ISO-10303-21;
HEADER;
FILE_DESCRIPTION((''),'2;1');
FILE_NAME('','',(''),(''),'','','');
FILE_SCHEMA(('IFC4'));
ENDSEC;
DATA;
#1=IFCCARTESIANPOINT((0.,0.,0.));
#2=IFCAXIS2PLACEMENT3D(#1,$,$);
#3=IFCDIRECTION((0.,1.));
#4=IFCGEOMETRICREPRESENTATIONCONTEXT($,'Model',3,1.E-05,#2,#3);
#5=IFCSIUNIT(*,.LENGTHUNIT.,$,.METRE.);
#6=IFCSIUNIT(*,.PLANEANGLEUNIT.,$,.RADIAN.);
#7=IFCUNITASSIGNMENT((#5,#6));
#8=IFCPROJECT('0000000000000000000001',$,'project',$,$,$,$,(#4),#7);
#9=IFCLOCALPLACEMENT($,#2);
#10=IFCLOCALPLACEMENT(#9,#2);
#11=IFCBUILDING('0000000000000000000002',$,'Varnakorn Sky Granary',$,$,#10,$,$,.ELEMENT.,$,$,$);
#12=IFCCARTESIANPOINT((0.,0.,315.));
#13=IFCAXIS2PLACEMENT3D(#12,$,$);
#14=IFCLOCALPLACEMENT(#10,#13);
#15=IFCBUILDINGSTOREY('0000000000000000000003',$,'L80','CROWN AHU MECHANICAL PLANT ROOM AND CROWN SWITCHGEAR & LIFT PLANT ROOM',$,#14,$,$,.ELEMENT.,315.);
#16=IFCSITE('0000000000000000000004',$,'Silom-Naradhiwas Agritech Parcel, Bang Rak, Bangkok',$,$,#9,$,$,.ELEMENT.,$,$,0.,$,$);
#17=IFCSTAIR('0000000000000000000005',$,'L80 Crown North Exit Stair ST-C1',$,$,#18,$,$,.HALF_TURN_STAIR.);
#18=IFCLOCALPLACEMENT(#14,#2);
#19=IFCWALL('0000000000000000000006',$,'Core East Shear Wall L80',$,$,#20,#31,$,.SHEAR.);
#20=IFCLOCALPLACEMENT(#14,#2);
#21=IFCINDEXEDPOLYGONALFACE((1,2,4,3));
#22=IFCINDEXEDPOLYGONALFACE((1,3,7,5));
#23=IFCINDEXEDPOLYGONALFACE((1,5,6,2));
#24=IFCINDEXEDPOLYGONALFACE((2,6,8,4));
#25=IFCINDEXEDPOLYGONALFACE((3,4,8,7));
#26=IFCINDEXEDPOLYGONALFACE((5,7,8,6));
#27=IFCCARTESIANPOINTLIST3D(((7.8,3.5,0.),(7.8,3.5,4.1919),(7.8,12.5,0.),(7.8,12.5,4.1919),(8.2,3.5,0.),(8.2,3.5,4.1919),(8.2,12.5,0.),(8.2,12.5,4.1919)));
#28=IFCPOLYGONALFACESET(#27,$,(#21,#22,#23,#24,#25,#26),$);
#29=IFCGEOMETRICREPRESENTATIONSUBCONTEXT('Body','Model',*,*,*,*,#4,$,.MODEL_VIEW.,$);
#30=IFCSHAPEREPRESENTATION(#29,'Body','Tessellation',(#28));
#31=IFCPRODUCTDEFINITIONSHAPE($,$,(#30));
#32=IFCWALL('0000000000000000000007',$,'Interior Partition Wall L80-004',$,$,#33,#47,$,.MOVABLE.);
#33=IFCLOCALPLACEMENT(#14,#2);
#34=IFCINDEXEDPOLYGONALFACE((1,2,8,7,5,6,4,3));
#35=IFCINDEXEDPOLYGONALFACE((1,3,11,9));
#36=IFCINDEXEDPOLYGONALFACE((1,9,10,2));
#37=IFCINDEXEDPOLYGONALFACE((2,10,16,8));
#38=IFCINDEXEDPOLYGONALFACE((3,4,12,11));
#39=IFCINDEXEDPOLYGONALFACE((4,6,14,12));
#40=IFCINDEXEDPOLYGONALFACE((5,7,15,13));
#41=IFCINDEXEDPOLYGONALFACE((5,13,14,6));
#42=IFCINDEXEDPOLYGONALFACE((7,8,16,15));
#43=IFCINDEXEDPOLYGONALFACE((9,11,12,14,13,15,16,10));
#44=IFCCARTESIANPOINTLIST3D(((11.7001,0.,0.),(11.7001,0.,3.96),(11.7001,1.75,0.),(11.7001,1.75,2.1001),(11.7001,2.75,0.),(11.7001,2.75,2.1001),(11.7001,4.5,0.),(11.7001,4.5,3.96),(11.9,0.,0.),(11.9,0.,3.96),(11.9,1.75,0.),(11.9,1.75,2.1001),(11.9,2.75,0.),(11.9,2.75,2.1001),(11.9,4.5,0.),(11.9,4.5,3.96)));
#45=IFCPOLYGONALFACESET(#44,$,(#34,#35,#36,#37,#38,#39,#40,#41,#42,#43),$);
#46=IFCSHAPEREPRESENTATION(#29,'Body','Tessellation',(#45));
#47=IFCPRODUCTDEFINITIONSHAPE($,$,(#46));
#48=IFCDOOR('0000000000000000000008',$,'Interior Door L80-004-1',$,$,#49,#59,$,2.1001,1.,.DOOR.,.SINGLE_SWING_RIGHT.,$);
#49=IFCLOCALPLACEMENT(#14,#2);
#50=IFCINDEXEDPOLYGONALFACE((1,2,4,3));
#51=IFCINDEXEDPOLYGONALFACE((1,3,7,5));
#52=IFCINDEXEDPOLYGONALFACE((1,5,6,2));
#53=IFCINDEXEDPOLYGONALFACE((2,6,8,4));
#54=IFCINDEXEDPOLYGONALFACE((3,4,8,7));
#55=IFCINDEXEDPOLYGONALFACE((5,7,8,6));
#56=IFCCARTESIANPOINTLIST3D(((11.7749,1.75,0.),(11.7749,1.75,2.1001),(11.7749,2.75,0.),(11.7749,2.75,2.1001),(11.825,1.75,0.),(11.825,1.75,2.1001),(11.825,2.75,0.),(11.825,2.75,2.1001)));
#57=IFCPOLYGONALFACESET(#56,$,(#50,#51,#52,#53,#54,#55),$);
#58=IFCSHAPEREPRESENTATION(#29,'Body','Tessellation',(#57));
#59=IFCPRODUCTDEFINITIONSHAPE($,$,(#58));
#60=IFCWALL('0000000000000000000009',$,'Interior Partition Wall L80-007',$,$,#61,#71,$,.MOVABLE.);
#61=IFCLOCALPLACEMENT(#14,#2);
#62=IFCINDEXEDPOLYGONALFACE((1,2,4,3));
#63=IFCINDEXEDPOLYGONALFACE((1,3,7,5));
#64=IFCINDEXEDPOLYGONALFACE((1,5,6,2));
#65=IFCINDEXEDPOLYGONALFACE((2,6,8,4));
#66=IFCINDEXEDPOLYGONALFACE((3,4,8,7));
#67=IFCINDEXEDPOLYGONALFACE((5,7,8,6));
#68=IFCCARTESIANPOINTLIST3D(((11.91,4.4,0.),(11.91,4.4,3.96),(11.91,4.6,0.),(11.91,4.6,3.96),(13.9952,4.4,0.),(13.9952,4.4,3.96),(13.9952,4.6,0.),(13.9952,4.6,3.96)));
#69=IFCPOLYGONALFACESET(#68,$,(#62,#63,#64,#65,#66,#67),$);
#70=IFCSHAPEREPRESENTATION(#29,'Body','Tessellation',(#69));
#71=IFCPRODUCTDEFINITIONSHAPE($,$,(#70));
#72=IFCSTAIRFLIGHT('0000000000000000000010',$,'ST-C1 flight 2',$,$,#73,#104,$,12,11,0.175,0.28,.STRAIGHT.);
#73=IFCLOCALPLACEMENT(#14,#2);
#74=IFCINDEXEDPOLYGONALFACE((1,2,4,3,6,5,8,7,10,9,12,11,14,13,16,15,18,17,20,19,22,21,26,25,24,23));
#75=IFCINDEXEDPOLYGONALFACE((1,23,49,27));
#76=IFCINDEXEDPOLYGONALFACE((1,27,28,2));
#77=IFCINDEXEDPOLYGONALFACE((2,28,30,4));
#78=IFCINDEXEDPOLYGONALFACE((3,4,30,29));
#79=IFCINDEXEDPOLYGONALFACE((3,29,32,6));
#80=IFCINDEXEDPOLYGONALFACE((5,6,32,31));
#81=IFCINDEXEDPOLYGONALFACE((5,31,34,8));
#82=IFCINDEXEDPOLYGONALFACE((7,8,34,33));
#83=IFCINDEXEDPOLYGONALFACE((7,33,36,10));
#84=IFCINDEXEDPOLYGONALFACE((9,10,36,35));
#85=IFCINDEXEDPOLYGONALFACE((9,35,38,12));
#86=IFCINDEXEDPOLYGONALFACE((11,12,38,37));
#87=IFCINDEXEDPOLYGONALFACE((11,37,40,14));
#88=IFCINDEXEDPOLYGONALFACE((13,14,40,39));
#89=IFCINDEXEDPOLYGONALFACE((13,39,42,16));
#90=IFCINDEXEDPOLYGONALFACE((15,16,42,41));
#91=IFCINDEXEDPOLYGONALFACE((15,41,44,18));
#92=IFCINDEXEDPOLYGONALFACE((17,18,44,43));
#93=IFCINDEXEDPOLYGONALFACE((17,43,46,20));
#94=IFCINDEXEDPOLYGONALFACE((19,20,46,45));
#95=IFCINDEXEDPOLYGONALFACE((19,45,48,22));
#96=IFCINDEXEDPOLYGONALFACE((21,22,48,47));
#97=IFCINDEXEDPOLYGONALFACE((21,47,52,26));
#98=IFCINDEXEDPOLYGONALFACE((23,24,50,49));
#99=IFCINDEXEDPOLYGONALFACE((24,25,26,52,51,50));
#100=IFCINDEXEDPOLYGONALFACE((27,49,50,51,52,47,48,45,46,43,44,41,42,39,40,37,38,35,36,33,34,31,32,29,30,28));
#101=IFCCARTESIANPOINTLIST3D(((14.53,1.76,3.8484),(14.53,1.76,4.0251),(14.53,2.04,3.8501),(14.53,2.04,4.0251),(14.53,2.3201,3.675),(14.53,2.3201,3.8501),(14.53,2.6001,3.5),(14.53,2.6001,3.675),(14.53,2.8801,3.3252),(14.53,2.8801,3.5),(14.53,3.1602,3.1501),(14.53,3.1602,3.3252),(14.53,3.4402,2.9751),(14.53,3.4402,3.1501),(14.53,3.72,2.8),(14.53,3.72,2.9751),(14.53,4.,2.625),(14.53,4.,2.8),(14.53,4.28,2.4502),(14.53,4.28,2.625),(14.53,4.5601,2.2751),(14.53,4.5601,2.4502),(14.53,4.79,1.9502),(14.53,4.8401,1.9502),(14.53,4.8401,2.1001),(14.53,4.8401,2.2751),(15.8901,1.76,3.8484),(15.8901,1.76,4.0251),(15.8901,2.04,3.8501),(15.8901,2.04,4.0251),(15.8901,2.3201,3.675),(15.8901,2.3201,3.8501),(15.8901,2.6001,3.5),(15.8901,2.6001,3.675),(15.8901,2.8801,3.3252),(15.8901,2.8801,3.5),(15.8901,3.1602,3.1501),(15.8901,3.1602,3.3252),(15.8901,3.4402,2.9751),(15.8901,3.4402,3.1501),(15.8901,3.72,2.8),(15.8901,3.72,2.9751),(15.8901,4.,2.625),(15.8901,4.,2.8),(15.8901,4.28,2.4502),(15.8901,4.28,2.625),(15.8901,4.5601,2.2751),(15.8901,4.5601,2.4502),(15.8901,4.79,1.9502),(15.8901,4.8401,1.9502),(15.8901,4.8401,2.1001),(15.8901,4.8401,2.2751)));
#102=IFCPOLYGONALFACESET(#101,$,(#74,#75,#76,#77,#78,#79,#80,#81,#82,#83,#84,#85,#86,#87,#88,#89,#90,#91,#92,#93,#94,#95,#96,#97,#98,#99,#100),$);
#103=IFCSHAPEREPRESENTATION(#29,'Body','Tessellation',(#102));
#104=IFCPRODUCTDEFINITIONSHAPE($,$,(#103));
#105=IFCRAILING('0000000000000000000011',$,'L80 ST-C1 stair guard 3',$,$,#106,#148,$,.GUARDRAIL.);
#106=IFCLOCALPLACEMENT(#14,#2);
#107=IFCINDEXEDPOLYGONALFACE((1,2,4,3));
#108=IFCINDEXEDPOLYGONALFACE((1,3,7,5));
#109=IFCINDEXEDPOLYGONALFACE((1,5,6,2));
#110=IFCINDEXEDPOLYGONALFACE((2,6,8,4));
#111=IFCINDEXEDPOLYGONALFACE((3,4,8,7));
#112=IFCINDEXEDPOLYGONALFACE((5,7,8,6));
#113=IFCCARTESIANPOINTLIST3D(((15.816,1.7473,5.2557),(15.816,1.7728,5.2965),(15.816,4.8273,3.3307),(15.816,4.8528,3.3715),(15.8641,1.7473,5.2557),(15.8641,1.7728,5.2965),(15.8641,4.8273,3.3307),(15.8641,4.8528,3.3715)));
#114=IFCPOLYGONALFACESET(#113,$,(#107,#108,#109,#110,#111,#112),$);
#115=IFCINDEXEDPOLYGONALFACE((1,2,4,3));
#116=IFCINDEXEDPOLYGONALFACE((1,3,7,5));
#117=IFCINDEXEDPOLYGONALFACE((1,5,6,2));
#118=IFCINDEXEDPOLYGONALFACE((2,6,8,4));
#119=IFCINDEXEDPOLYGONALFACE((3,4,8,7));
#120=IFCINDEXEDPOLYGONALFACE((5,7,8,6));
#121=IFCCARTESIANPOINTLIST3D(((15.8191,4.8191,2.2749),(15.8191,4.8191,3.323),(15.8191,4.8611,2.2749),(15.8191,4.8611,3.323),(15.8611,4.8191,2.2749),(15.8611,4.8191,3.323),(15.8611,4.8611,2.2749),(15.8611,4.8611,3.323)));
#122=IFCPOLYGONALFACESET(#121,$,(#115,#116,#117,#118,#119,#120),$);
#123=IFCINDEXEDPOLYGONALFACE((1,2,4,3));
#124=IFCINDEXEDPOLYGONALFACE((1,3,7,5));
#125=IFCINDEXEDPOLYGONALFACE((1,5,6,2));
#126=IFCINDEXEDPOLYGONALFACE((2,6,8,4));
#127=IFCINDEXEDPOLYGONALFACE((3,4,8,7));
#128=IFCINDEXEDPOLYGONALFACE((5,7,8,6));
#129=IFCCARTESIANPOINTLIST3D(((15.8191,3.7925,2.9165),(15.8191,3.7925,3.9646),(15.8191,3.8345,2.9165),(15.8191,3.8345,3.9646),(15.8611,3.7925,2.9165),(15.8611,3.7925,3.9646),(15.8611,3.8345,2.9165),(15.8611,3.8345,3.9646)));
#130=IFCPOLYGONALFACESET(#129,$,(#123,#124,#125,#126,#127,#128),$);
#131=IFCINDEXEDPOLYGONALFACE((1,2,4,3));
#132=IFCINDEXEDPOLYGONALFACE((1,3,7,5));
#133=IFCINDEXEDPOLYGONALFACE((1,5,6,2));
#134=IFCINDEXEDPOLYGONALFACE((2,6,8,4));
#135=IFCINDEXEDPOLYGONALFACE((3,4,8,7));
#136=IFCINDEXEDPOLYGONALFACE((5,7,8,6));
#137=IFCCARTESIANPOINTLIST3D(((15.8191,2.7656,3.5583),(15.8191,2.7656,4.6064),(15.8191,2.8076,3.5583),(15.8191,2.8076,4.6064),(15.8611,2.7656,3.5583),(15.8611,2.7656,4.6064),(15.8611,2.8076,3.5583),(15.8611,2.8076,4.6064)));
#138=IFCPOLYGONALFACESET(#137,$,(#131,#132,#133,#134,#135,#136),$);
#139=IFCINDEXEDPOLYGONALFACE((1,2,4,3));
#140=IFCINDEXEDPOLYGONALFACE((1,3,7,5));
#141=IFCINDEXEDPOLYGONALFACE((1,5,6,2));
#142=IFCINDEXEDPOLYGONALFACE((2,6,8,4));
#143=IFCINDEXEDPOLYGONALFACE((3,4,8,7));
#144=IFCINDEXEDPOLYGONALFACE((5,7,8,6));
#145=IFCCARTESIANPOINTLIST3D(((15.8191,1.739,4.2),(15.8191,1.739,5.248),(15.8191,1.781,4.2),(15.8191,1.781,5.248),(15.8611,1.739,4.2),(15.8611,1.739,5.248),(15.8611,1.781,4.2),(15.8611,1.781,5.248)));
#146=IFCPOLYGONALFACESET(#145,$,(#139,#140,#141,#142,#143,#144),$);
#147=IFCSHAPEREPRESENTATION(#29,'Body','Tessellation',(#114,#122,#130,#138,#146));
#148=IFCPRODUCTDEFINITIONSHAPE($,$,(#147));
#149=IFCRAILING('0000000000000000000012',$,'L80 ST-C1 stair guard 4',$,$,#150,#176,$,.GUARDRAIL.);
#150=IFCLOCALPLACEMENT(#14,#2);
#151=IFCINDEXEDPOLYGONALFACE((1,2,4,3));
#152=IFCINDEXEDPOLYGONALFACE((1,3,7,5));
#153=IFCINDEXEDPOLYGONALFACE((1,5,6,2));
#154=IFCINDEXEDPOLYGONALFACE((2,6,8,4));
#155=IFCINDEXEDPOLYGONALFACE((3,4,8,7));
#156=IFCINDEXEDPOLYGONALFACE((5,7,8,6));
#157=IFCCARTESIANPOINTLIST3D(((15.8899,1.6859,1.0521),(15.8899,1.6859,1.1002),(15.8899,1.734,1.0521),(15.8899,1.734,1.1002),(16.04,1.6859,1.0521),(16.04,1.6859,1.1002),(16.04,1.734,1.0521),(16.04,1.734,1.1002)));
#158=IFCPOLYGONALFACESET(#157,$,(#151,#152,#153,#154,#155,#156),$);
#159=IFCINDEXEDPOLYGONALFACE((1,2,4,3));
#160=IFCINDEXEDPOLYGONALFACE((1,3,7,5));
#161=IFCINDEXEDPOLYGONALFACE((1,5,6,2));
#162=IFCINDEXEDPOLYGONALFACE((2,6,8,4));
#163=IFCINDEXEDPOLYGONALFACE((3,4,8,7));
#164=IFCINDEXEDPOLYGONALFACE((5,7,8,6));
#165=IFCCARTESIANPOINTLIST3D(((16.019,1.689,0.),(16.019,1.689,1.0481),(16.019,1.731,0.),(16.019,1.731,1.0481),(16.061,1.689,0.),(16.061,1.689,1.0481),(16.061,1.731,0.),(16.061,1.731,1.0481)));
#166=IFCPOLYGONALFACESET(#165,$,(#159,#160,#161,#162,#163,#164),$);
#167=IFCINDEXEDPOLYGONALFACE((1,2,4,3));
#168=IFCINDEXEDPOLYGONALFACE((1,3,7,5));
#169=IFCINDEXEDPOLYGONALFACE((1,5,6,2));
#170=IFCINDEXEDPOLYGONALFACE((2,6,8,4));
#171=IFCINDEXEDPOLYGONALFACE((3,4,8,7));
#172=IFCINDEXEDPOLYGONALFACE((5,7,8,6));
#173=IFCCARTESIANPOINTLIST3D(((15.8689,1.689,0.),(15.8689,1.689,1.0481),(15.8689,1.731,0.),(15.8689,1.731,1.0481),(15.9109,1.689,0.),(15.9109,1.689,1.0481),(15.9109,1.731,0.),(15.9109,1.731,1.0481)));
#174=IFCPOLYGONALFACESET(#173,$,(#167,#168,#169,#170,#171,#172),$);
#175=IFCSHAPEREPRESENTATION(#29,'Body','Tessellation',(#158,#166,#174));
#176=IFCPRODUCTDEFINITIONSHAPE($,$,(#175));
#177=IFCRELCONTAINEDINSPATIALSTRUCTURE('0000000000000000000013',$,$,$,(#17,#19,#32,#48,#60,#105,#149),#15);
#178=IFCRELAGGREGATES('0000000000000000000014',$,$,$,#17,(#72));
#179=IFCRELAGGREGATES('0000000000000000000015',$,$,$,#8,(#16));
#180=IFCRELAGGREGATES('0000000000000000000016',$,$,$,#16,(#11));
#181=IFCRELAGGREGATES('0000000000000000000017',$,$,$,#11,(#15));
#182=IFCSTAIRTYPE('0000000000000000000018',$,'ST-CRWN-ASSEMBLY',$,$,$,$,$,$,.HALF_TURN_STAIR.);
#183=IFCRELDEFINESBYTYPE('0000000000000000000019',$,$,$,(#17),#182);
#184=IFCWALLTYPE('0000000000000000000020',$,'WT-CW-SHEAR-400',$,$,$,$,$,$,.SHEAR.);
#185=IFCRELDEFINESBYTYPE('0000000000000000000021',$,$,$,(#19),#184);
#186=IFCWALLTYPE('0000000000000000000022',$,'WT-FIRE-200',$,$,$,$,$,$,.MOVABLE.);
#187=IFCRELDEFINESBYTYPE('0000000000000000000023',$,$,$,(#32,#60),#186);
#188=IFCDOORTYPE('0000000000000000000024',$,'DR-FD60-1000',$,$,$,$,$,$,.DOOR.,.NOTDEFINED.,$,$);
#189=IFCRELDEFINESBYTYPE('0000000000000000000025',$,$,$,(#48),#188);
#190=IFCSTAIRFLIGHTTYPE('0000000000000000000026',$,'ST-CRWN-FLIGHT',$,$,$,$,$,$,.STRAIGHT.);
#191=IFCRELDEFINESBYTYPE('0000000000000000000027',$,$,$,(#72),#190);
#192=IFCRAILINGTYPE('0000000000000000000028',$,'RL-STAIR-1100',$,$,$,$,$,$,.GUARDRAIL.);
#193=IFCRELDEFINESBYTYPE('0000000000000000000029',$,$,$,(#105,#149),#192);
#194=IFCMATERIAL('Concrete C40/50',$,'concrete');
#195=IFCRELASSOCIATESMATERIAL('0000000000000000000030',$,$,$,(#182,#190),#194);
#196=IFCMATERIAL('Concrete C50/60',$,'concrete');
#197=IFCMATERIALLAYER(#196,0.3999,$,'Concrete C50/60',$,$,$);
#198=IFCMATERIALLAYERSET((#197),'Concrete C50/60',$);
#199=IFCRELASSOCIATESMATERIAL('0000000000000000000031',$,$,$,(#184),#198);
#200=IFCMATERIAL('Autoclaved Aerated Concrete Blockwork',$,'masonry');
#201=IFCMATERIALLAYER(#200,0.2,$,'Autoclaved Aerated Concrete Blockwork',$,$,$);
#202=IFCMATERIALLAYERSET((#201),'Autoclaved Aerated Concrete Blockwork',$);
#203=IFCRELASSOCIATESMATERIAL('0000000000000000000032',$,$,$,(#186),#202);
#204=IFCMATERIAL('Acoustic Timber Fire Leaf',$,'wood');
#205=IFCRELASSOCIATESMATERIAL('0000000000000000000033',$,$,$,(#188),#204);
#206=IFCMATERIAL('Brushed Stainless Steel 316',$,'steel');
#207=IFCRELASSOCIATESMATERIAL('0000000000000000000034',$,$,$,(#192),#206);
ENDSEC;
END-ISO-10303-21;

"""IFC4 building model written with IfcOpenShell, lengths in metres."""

from ifc_helpers import new_model, si_unit, direction, frame, frame_2d, origin, origin_2d, place, context, subcontext, project, spatial, polyline, rectangle, outline, extrude, material, layer, layer_set, type_object, element, fill, aggregate, save


model = new_model("IFC4")

# Units and contexts
model_context = context("Model", 3, precision=1e-05, world=origin(), true_north=direction((0.0, 1.0)))
body_context = subcontext(model_context, "Body", "Model", "MODEL_VIEW")
ifc_project = project(units=[si_unit("LENGTHUNIT", "METRE"), si_unit("PLANEANGLEUNIT", "RADIAN")], contexts=[model_context])

# Site, building, storey
site_placement = place(None, origin())
site = spatial("IfcSite", under=ifc_project, at=site_placement, Name="Silom-Naradhiwas Agritech Parcel, Bang Rak, Bangkok", CompositionType="ELEMENT", RefElevation=0.0)
building_placement = place(site_placement, origin())
building = spatial("IfcBuilding", under=site, at=building_placement, Name="Varnakorn Sky Granary", CompositionType="ELEMENT")
storey_placement = place(building_placement, frame((0.0, 0.0, 315.0)))
storey = spatial("IfcBuildingStorey", under=building, at=storey_placement, Name="L80", Description="CROWN AHU MECHANICAL PLANT ROOM AND CROWN SWITCHGEAR & LIFT PLANT ROOM", CompositionType="ELEMENT", Elevation=315.0)

# Shared definitions
ifc_material_1 = material(Name="Concrete C50/60", Category="concrete")

# Stair
ifc_material_2 = material(Name="Concrete C40/50", Category="concrete")
stair_type = type_object("IfcStairType", Name="ST-CRWN-ASSEMBLY", PredefinedType="HALF_TURN_STAIR", material=ifc_material_2)
stair_1_placement = place(storey_placement, origin())
stair_1 = element("IfcStair", 1, at=stair_1_placement, inside=storey, type_object=stair_type, Name="L80 Crown North Exit Stair ST-C1", PredefinedType="HALF_TURN_STAIR")

# Wall
ifc_layer_1 = layer(ifc_material_1, 0.3999, Name="Concrete C50/60")
ifc_layer_set_1 = layer_set([ifc_layer_1], Name="Concrete C50/60")
wall_type_1 = type_object("IfcWallType", Name="WT-CW-SHEAR-400", PredefinedType="SHEAR", material=ifc_layer_set_1)
wall_1_placement = place(storey_placement, frame((8.0, 3.5, 0.0), z_axis=(0.0, 0.0, 1.0), x_axis=(0.0, 1.0, 0.0)))
element("IfcWall", 2, at=wall_1_placement, inside=storey, type_object=wall_type_1, Name="Core East Shear Wall L80", PredefinedType="SHEAR", context=body_context, shape_type="SweptSolid", body=[
    extrude(rectangle(XDim=9.0, YDim=0.3999, at=frame_2d((4.5, 0.0))), origin(), (0.0, 0.0, 1.0), 4.1919),
])

# Wall, opening, door
ifc_material_3 = material(Name="Autoclaved Aerated Concrete Blockwork", Category="masonry")
ifc_layer_2 = layer(ifc_material_3, 0.2, Name="Autoclaved Aerated Concrete Blockwork")
ifc_layer_set_2 = layer_set([ifc_layer_2], Name="Autoclaved Aerated Concrete Blockwork")
wall_type_2 = type_object("IfcWallType", Name="WT-FIRE-200", PredefinedType="MOVABLE", material=ifc_layer_set_2)
wall_2_placement = place(storey_placement, frame((11.8, 4.5, 0.0), z_axis=(0.0, 0.0, 1.0), x_axis=(0.0, -1.0, 0.0)))
wall_2 = element("IfcWall", 3, at=wall_2_placement, inside=storey, type_object=wall_type_2, Name="Interior Partition Wall L80-004", PredefinedType="MOVABLE", context=body_context, shape_type="SweptSolid", body=[
    extrude(rectangle(XDim=4.5, YDim=0.2, at=frame_2d((2.25, 0.0))), origin(), (0.0, 0.0, 1.0), 3.96),
])
opening_1_placement = place(wall_2_placement, frame((1.75, 0.0, 0.0)))
opening_1 = element("IfcOpeningElement", 4, at=opening_1_placement, cuts=wall_2, PredefinedType="OPENING", context=body_context, shape_type="SweptSolid", body=[
    extrude(rectangle(XDim=1.0, YDim=2.1001, at=frame_2d((0.5, 1.05))), frame((0.0, 0.1099, 0.0), z_axis=(0.0, -1.0, 0.0), x_axis=(1.0, 0.0, 0.0)), (0.0, 0.0, 1.0), 0.22),
])
ifc_material_4 = material(Name="Acoustic Timber Fire Leaf", Category="wood")
door_type_1 = type_object("IfcDoorType", Name="DR-FD60-1000", OperationType="NOTDEFINED", PredefinedType="DOOR", material=ifc_material_4)
door_1_placement = place(opening_1_placement, origin())
door_1 = element("IfcDoor", 5, at=door_1_placement, inside=storey, type_object=door_type_1, Name="Interior Door L80-004-1", OperationType="SINGLE_SWING_RIGHT", OverallHeight=2.1001, OverallWidth=1.0, PredefinedType="DOOR", context=body_context, shape_type="SweptSolid", body=[
    extrude(rectangle(XDim=1.0, YDim=2.1001, at=frame_2d((0.5, 1.05))), frame((0.0, 0.0249, 0.0), z_axis=(0.0, -1.0, 0.0), x_axis=(1.0, 0.0, 0.0)), (0.0, 0.0, 1.0), 0.05),
])
fill(opening_1, door_1)

# Wall
wall_3_placement = place(storey_placement, frame((13.9951, 4.5, 0.0), z_axis=(0.0, 0.0, 1.0), x_axis=(-1.0, 0.0, 0.0)))
element("IfcWall", 6, at=wall_3_placement, inside=storey, type_object=wall_type_2, Name="Interior Partition Wall L80-007", PredefinedType="MOVABLE", context=body_context, shape_type="SweptSolid", body=[
    extrude(rectangle(XDim=2.0852, YDim=0.2, at=frame_2d((1.0425, 0.0))), origin(), (0.0, 0.0, 1.0), 3.96),
])

# Stair flight
stair_flight_type = type_object("IfcStairFlightType", Name="ST-CRWN-FLIGHT", PredefinedType="STRAIGHT", material=ifc_material_2)
stair_flight_placement = place(storey_placement, frame((15.21, 4.8401, 2.1001), z_axis=(0.0, 0.0, 1.0), x_axis=(0.0, -1.0, 0.0)))
stair_flight = element("IfcStairFlight", 7, at=stair_flight_placement, type_object=stair_flight_type, Name="ST-C1 flight 2", NumberOfRisers=12, NumberOfTreads=11, PredefinedType="STRAIGHT", RiserHeight=0.175, TreadLength=0.28, context=body_context, shape_type="SweptSolid", body=[
    extrude(outline(polyline([(0.0, -0.1499), (0.0, 0.0), (0.0, 0.175), (0.28, 0.175), (0.28, 0.3501), (0.5601, 0.3501), (0.5601, 0.5249), (0.8401, 0.5249), (0.8401, 0.7), (1.1201, 0.7), (1.1201, 0.875), (1.3999, 0.875), (1.3999, 1.05), (1.6799, 1.05), (1.6799, 1.2251), (1.96, 1.2251), (1.96, 1.3999), (2.24, 1.3999), (2.24, 1.575), (2.52, 1.575), (2.52, 1.75), (2.8, 1.75), (2.8, 1.925), (3.0801, 1.925), (3.0801, 2.1001), (3.0801, 1.7483), (0.05, -0.1499), (0.0, -0.1499)])), frame((0.0, 0.6802, 0.0), z_axis=(0.0, -1.0, 0.0), x_axis=(1.0, 0.0, 0.0)), (0.0, 0.0, 1.0), 1.3601),
])
aggregate(stair_1, [stair_flight])

# Railings
ifc_material_5 = material(Name="Brushed Stainless Steel 316", Category="steel")
railing_type_1 = type_object("IfcRailingType", Name="RL-STAIR-1100", PredefinedType="GUARDRAIL", material=ifc_material_5)
railing_1_placement = place(storey_placement, frame((15.8401, 4.8401, 2.2749)))
element("IfcRailing", 8, at=railing_1_placement, inside=storey, type_object=railing_type_1, Name="L80 ST-C1 stair guard 3", PredefinedType="GUARDRAIL", context=body_context, shape_type="SweptSolid", body=[
    extrude(rectangle(XDim=0.0481, YDim=0.0481, at=origin_2d()), frame((0.0, 0.0, 1.0762), z_axis=(0.0, -0.847998, 0.529999), x_axis=(1.0, 0.0, 0.0)), (0.0, 0.0, 1.0), 3.6321),
    extrude(rectangle(XDim=0.042, YDim=0.042, at=origin_2d()), origin(), (0.0, 0.0, 1.0), 1.0481),
    extrude(rectangle(XDim=0.042, YDim=0.042, at=origin_2d()), frame((0.0, -1.0266, 0.6416)), (0.0, 0.0, 1.0), 1.0481),
    extrude(rectangle(XDim=0.042, YDim=0.042, at=origin_2d()), frame((0.0, -2.0535, 1.2834)), (0.0, 0.0, 1.0), 1.0481),
    extrude(rectangle(XDim=0.042, YDim=0.042, at=origin_2d()), frame((0.0, -3.0801, 1.925)), (0.0, 0.0, 1.0), 1.0481),
])
railing_2_placement = place(storey_placement, frame((16.04, 1.71, 0.0)))
element("IfcRailing", 9, at=railing_2_placement, inside=storey, type_object=railing_type_1, Name="L80 ST-C1 stair guard 4", PredefinedType="GUARDRAIL", context=body_context, shape_type="SweptSolid", body=[
    extrude(rectangle(XDim=0.0481, YDim=0.0481, at=origin_2d()), frame((0.0, 0.0, 1.0762), z_axis=(-1.0, 0.0, 0.0), x_axis=(0.0, -1.0, 0.0)), (0.0, 0.0, 1.0), 0.1501),
    extrude(rectangle(XDim=0.042, YDim=0.042, at=origin_2d()), origin(), (0.0, 0.0, 1.0), 1.0481),
    extrude(rectangle(XDim=0.042, YDim=0.042, at=origin_2d()), frame((-0.1501, 0.0, 0.0)), (0.0, 0.0, 1.0), 1.0481),
])

save(model, "model.ifc")
